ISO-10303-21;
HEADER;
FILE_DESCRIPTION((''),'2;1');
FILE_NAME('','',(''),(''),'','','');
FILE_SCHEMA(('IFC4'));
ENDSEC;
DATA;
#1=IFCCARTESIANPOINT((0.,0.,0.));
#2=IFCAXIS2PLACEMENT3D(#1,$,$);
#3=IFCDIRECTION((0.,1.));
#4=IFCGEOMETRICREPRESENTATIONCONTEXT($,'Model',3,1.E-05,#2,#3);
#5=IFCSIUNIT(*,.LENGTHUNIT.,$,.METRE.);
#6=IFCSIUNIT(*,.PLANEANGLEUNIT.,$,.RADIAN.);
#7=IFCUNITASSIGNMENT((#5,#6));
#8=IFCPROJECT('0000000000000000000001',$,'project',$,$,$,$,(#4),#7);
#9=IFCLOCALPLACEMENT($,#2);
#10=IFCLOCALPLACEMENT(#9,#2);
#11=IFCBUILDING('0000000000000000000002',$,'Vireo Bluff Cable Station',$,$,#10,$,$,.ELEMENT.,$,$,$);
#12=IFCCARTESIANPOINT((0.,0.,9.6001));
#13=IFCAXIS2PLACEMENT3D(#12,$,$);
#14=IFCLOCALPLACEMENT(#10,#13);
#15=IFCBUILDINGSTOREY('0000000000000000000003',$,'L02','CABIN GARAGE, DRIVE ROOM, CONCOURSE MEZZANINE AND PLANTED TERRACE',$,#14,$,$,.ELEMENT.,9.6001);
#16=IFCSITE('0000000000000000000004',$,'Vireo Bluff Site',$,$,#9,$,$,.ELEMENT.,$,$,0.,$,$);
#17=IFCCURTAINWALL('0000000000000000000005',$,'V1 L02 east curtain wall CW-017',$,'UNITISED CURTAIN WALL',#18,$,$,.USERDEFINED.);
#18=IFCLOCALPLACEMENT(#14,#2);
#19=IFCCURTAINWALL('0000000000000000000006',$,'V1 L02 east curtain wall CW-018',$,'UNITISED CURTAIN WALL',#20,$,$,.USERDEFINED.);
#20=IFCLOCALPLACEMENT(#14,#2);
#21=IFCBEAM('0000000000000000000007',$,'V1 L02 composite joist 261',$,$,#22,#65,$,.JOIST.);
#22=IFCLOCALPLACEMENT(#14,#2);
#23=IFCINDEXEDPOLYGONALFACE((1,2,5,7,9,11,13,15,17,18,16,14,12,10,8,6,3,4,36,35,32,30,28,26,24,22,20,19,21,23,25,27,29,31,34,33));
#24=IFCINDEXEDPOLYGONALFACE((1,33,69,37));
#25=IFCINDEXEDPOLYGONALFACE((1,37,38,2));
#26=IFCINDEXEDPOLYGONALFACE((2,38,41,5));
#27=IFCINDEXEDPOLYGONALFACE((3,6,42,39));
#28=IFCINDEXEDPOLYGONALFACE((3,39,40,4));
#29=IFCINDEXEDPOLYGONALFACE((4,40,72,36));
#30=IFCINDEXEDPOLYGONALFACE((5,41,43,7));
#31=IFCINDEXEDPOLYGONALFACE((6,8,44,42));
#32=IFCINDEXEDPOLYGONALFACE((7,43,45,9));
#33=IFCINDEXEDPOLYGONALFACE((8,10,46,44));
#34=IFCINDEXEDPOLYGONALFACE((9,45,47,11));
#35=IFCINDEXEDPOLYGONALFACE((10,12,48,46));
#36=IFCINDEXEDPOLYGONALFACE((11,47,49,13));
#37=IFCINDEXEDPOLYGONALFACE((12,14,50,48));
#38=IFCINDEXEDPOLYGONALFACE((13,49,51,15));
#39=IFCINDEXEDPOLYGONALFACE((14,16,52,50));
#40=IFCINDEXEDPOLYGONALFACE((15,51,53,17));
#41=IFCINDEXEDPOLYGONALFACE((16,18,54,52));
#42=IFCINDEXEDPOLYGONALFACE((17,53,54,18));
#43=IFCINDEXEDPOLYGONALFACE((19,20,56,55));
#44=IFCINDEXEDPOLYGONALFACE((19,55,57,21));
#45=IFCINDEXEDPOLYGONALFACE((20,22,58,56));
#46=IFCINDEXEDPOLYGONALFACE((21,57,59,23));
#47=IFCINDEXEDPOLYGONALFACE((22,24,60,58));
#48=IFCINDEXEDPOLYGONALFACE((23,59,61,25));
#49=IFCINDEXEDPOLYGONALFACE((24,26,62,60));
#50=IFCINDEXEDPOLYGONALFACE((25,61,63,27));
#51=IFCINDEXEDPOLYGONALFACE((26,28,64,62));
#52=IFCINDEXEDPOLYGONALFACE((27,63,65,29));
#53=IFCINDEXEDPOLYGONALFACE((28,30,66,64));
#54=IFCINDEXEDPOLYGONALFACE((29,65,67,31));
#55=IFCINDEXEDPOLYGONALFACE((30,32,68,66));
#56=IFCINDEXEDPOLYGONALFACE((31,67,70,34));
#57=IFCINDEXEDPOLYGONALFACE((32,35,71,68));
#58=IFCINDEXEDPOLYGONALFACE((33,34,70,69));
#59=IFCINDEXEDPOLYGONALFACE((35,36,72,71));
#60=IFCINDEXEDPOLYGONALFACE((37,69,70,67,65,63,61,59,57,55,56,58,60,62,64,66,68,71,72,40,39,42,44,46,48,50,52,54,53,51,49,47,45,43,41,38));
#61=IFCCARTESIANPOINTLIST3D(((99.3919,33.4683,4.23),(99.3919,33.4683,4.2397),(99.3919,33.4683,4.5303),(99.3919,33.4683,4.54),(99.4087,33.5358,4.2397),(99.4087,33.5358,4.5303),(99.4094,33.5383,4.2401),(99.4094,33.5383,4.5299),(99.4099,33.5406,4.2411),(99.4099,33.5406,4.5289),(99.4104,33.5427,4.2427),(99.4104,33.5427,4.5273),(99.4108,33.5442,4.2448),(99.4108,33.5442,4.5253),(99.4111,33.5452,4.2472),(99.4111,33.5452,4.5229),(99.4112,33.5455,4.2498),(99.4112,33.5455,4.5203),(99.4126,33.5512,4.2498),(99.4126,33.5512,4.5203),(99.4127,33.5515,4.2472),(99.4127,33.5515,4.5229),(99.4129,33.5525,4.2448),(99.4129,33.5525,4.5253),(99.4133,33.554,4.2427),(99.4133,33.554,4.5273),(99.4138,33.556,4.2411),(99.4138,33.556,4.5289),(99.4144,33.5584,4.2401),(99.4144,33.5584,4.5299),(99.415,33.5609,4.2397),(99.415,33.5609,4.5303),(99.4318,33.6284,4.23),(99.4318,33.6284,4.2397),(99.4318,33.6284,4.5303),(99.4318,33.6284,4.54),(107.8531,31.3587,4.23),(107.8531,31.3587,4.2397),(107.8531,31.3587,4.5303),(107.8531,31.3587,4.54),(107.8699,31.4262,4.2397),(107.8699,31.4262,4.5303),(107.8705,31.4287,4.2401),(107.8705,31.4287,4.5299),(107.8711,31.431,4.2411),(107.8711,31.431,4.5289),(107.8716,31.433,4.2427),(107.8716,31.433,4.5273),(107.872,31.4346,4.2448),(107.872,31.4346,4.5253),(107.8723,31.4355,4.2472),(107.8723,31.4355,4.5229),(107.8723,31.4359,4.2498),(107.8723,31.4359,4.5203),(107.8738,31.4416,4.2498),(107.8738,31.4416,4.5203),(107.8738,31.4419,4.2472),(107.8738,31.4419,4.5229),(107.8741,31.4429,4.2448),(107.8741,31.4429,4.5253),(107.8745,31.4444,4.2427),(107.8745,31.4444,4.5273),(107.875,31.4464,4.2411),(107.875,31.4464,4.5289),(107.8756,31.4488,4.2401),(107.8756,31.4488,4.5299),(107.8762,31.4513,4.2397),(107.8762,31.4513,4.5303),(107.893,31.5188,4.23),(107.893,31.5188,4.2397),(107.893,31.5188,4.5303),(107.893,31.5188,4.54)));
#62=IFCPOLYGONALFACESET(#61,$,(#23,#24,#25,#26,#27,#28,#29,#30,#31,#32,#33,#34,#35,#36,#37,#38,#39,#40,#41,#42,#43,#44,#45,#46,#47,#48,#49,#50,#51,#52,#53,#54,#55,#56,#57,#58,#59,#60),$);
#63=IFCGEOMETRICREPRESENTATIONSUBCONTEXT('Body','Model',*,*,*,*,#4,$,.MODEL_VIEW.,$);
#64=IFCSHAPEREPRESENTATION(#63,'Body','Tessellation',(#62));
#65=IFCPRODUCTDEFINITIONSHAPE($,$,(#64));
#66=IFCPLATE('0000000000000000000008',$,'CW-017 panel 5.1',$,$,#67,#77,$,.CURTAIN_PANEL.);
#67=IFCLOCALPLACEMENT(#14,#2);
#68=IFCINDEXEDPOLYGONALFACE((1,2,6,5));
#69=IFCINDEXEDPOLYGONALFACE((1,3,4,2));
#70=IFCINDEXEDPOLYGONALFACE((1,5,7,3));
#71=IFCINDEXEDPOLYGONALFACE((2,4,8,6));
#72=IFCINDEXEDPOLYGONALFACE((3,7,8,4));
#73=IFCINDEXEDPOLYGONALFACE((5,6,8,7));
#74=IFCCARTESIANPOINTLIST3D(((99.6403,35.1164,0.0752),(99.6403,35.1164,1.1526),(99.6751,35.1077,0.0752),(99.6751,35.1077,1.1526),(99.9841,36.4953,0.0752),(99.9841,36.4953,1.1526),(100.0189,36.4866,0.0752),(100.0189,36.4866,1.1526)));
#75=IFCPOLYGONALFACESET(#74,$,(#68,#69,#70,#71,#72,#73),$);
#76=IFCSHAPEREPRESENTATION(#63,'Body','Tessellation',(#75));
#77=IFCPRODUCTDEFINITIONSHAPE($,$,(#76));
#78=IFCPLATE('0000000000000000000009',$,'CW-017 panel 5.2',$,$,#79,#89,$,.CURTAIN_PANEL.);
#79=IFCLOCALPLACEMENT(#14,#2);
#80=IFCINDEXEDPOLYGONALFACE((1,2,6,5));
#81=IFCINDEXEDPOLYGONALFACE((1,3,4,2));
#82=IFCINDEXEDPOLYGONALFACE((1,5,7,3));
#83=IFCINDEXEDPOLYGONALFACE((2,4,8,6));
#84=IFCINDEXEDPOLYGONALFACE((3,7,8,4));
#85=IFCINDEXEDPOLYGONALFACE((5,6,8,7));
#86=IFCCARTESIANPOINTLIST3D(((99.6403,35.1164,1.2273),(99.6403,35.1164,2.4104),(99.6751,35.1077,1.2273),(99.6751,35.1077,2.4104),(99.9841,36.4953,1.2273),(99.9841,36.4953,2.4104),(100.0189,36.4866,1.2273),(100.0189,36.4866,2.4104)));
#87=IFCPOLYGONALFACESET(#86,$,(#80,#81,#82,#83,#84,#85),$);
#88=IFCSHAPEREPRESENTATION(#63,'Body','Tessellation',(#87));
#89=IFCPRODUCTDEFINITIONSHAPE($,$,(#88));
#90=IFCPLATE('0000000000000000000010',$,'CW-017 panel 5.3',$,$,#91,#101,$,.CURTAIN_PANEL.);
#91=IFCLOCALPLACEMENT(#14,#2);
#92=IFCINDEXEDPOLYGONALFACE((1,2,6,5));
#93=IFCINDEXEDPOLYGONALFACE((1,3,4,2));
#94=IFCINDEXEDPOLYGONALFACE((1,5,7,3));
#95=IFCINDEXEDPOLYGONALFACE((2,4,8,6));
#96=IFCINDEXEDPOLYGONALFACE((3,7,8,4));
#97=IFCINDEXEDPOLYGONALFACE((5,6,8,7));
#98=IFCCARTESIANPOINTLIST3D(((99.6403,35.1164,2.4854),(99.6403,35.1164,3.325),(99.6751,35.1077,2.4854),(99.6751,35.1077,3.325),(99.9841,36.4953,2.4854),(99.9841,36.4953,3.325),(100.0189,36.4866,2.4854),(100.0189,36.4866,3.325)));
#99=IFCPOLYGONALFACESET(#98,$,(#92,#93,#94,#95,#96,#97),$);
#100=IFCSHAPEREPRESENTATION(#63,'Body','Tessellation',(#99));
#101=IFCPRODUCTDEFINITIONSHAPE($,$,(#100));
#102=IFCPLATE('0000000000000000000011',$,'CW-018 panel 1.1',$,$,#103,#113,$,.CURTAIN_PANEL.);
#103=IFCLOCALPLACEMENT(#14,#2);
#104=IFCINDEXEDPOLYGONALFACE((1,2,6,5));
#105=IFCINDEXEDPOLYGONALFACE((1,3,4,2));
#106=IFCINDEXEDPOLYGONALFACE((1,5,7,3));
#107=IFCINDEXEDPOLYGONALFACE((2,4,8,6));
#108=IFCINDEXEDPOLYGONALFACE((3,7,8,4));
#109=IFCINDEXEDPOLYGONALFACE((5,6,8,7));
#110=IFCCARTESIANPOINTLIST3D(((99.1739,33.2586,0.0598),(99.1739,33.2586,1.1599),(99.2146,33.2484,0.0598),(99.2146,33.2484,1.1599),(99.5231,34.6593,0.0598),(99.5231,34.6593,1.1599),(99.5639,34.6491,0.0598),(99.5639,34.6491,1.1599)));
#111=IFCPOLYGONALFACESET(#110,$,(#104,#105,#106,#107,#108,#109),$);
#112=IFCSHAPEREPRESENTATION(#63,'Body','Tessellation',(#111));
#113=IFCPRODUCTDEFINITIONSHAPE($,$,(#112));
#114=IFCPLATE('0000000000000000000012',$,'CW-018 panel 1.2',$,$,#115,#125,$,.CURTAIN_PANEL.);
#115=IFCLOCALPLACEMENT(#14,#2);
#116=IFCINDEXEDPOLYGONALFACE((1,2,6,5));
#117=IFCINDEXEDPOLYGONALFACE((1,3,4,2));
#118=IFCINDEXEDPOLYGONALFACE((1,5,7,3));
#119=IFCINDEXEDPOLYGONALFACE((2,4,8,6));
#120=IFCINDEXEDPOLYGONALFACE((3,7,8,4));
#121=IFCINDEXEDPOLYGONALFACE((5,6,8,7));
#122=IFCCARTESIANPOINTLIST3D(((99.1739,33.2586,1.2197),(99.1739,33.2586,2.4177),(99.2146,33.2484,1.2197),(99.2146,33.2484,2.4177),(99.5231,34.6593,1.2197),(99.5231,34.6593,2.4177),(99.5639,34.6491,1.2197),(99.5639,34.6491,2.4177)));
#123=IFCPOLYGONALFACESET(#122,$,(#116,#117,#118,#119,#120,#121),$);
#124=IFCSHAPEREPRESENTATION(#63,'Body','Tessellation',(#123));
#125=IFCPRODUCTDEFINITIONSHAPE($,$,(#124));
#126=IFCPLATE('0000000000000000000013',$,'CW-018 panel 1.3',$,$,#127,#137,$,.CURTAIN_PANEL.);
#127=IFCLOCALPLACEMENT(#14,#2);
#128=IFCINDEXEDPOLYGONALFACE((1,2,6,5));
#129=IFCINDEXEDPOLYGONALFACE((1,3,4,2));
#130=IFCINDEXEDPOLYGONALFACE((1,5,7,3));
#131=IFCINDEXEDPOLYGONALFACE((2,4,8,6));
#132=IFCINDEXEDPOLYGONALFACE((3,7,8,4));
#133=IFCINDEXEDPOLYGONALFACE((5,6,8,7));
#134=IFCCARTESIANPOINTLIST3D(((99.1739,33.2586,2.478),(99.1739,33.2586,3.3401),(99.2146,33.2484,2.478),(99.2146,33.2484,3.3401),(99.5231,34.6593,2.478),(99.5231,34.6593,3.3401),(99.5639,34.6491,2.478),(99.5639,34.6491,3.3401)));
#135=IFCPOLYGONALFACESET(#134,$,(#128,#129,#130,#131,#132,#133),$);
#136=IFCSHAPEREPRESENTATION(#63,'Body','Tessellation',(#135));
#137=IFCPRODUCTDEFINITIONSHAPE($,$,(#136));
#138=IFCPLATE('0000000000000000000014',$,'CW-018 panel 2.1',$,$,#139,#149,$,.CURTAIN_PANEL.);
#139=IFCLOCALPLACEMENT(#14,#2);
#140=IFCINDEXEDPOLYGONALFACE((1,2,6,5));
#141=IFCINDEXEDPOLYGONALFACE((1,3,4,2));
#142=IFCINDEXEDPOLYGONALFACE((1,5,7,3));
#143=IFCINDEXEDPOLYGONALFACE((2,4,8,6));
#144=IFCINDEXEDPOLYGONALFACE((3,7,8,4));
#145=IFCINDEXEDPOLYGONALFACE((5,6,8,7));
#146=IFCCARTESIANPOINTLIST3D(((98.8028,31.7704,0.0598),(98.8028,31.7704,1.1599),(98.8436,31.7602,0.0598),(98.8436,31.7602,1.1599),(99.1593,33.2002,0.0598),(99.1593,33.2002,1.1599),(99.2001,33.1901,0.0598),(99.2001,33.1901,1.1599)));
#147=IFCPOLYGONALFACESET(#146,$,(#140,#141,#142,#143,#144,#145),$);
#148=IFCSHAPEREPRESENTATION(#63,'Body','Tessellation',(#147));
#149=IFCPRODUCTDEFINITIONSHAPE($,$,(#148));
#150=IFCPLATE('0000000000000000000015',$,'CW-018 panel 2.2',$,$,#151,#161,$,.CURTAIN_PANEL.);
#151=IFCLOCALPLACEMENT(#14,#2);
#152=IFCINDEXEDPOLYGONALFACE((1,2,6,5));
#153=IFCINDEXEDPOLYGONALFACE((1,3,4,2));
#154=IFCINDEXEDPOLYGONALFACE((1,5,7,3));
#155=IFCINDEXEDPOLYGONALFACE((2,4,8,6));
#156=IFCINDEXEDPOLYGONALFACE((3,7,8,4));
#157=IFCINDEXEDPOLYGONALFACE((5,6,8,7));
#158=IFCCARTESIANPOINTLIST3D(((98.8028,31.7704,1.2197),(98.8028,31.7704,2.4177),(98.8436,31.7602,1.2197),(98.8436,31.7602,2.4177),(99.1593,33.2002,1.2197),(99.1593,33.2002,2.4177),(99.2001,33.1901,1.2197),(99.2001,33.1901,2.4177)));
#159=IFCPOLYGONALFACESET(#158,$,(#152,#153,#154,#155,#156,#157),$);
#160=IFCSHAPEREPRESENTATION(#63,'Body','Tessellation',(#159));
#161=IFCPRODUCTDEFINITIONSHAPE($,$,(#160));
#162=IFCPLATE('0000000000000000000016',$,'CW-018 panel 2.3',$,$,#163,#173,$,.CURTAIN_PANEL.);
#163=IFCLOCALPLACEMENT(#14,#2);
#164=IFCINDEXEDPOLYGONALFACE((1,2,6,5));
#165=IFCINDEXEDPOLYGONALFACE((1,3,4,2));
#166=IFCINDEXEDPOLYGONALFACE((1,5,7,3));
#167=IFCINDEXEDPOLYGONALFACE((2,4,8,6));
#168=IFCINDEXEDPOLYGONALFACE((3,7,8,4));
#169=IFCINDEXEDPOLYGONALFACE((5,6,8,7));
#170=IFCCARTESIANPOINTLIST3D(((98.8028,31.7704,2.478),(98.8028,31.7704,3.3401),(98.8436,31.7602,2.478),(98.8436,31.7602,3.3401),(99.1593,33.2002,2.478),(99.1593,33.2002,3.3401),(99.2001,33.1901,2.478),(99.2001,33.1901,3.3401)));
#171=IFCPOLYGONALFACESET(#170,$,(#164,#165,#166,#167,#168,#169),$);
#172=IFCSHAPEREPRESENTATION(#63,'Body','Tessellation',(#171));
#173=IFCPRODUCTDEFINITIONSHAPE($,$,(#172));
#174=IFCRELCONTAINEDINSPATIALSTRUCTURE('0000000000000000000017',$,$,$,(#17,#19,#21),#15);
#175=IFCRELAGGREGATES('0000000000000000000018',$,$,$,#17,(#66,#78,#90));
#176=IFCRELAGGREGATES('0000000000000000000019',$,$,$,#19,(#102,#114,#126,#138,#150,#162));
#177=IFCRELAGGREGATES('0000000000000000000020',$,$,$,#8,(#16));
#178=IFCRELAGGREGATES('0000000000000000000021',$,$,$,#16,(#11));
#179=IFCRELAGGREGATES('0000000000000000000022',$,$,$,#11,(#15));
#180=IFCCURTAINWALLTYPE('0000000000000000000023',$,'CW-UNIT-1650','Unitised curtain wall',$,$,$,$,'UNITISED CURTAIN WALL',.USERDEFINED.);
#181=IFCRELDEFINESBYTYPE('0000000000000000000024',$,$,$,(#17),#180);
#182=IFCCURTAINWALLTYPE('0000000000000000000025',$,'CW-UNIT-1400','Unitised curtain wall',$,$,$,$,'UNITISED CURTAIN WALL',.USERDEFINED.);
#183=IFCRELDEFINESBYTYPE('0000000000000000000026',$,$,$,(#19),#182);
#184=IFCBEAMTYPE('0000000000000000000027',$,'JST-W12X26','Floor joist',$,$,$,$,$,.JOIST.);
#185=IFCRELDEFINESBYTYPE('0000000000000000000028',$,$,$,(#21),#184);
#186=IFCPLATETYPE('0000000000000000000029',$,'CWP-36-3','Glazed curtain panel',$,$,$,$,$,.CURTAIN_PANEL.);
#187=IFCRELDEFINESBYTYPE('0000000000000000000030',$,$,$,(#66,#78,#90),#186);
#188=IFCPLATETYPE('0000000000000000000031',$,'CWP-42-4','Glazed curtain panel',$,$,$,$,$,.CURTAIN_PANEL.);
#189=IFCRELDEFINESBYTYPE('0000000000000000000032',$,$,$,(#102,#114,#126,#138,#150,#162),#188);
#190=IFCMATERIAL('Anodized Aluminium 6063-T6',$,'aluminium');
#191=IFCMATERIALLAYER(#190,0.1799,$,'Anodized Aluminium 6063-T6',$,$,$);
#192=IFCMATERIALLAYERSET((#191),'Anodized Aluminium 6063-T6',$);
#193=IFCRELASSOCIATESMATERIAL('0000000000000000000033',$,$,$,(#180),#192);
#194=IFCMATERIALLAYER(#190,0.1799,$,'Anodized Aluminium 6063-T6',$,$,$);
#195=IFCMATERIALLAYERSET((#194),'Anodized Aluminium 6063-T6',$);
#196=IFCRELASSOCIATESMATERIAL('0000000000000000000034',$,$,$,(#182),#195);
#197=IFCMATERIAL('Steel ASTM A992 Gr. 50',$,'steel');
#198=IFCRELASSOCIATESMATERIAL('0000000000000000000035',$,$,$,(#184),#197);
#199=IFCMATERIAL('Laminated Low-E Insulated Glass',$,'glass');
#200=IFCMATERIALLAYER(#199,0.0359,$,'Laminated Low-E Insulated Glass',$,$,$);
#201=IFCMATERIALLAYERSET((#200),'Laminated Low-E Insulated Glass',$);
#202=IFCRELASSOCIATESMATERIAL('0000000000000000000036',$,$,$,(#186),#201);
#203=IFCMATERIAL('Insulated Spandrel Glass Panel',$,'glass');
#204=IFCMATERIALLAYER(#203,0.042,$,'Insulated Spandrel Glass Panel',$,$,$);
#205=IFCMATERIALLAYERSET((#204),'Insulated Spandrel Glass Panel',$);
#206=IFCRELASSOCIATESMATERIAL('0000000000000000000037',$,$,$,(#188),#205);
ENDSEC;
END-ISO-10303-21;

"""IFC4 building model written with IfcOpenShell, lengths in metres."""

from ifc_helpers import new_model, si_unit, direction, frame, origin, origin_2d, place, context, subcontext, project, spatial, rectangle, i_section, extrude, material, layer, layer_set, material_profile, profile_set, type_object, element, aggregate, save


model = new_model("IFC4")

# Units and contexts
model_context = context("Model", 3, precision=1e-05, world=origin(), true_north=direction((0.0, 1.0)))
body_context = subcontext(model_context, "Body", "Model", "MODEL_VIEW")
ifc_project = project(units=[si_unit("LENGTHUNIT", "METRE"), si_unit("PLANEANGLEUNIT", "RADIAN")], contexts=[model_context])

# Site, building, storey
site_placement = place(None, origin())
site = spatial("IfcSite", under=ifc_project, at=site_placement, Name="Vireo Bluff Site", CompositionType="ELEMENT", RefElevation=0.0)
building_placement = place(site_placement, origin())
building = spatial("IfcBuilding", under=site, at=building_placement, Name="Vireo Bluff Cable Station", CompositionType="ELEMENT")
storey_placement = place(building_placement, frame((0.0, 0.0, 9.6001)))
storey = spatial("IfcBuildingStorey", under=building, at=storey_placement, Name="L02", Description="CABIN GARAGE, DRIVE ROOM, CONCOURSE MEZZANINE AND PLANTED TERRACE", CompositionType="ELEMENT", Elevation=9.6001)

# Shared definitions
ifc_material_1 = material(Name="Steel ASTM A992 Gr. 50", Category="steel")

# Curtain wall
ifc_material_2 = material(Name="Anodized Aluminium 6063-T6", Category="aluminium")
ifc_layer_1 = layer(ifc_material_2, 0.1799, Name="Anodized Aluminium 6063-T6")
ifc_layer_set_1 = layer_set([ifc_layer_1], Name="Anodized Aluminium 6063-T6")
curtain_wall_type_1 = type_object("IfcCurtainWallType", Name="CW-UNIT-1650", Description="Unitised curtain wall", ElementType="UNITISED CURTAIN WALL", PredefinedType="USERDEFINED", material=ifc_layer_set_1)
curtain_wall_1_placement = place(storey_placement, origin())
curtain_wall_1 = element("IfcCurtainWall", 1, at=curtain_wall_1_placement, inside=storey, type_object=curtain_wall_type_1, Name="V1 L02 east curtain wall CW-017", ObjectType="UNITISED CURTAIN WALL", PredefinedType="USERDEFINED")

# Curtain wall
ifc_layer_2 = layer(ifc_material_2, 0.1799, Name="Anodized Aluminium 6063-T6")
ifc_layer_set_2 = layer_set([ifc_layer_2], Name="Anodized Aluminium 6063-T6")
curtain_wall_type_2 = type_object("IfcCurtainWallType", Name="CW-UNIT-1400", Description="Unitised curtain wall", ElementType="UNITISED CURTAIN WALL", PredefinedType="USERDEFINED", material=ifc_layer_set_2)
curtain_wall_2_placement = place(storey_placement, origin())
curtain_wall_2 = element("IfcCurtainWall", 2, at=curtain_wall_2_placement, inside=storey, type_object=curtain_wall_type_2, Name="V1 L02 east curtain wall CW-018", ObjectType="UNITISED CURTAIN WALL", PredefinedType="USERDEFINED")

# Beam
ifc_material_profile_1 = material_profile(ifc_material_1, i_section(OverallWidth=0.165, OverallDepth=0.3101, WebThickness=0.0059, FlangeThickness=0.0098, FilletRadius=0.01, at=origin_2d()), Name="W12X26")
ifc_profile_set_1 = profile_set([ifc_material_profile_1], Name="Steel ASTM A992 Gr. 50")
beam_type_1 = type_object("IfcBeamType", Name="JST-W12X26", Description="Floor joist", PredefinedType="JOIST", material=ifc_profile_set_1)
beam_1_placement = place(storey_placement, frame((99.4119, 33.5483, 4.385), z_axis=(0.970295, -0.241923, 0.0), x_axis=(0.241923, 0.970295, 0.0)))
element("IfcBeam", 3, at=beam_1_placement, inside=storey, type_object=beam_type_1, Name="V1 L02 composite joist 261", PredefinedType="JOIST", context=body_context, shape_type="SweptSolid", body=[
    extrude(i_section(OverallWidth=0.165, OverallDepth=0.3101, WebThickness=0.0059, FlangeThickness=0.0098, FilletRadius=0.01, at=origin_2d()), origin(), (0.0, 0.0, 1.0), 8.7202),
])

# Plates
ifc_material_3 = material(Name="Laminated Low-E Insulated Glass", Category="glass")
ifc_layer_3 = layer(ifc_material_3, 0.0359, Name="Laminated Low-E Insulated Glass")
ifc_layer_set_3 = layer_set([ifc_layer_3], Name="Laminated Low-E Insulated Glass")
plate_type_1 = type_object("IfcPlateType", Name="CWP-36-3", Description="Glazed curtain panel", PredefinedType="CURTAIN_PANEL", material=ifc_layer_set_3)
plate_1_placement = place(storey_placement, frame((99.8296, 35.8015, 0.0752), z_axis=(0.0, 0.0, 1.0), x_axis=(-0.241922, -0.970296, 0.0)))
plate_1 = element("IfcPlate", 4, at=plate_1_placement, type_object=plate_type_1, Name="CW-017 panel 5.1", PredefinedType="CURTAIN_PANEL", context=body_context, shape_type="SweptSolid", body=[
    extrude(rectangle(XDim=1.4211, YDim=0.0359, at=origin_2d()), origin(), (0.0, 0.0, 1.0), 1.0774),
])
plate_2_placement = place(storey_placement, frame((99.8296, 35.8015, 1.2273), z_axis=(0.0, 0.0, 1.0), x_axis=(-0.241922, -0.970296, 0.0)))
plate_2 = element("IfcPlate", 5, at=plate_2_placement, type_object=plate_type_1, Name="CW-017 panel 5.2", PredefinedType="CURTAIN_PANEL", context=body_context, shape_type="SweptSolid", body=[
    extrude(rectangle(XDim=1.4211, YDim=0.0359, at=origin_2d()), origin(), (0.0, 0.0, 1.0), 1.1831),
])
plate_3_placement = place(storey_placement, frame((99.8296, 35.8015, 2.4854), z_axis=(0.0, 0.0, 1.0), x_axis=(-0.241922, -0.970296, 0.0)))
plate_3 = element("IfcPlate", 6, at=plate_3_placement, type_object=plate_type_1, Name="CW-017 panel 5.3", PredefinedType="CURTAIN_PANEL", context=body_context, shape_type="SweptSolid", body=[
    extrude(rectangle(XDim=1.4211, YDim=0.0359, at=origin_2d()), origin(), (0.0, 0.0, 1.0), 0.8396),
])
aggregate(curtain_wall_1, [plate_1, plate_2, plate_3])
ifc_material_4 = material(Name="Insulated Spandrel Glass Panel", Category="glass")
ifc_layer_4 = layer(ifc_material_4, 0.042, Name="Insulated Spandrel Glass Panel")
ifc_layer_set_4 = layer_set([ifc_layer_4], Name="Insulated Spandrel Glass Panel")
plate_type_2 = type_object("IfcPlateType", Name="CWP-42-4", Description="Glazed curtain panel", PredefinedType="CURTAIN_PANEL", material=ifc_layer_set_4)
plate_4_placement = place(storey_placement, frame((99.3689, 33.9539, 0.0598), z_axis=(0.0, 0.0, 1.0), x_axis=(-0.241922, -0.970296, 0.0)))
plate_4 = element("IfcPlate", 7, at=plate_4_placement, type_object=plate_type_2, Name="CW-018 panel 1.1", PredefinedType="CURTAIN_PANEL", context=body_context, shape_type="SweptSolid", body=[
    extrude(rectangle(XDim=1.4436, YDim=0.042, at=origin_2d()), origin(), (0.0, 0.0, 1.0), 1.1001),
])
plate_5_placement = place(storey_placement, frame((99.3689, 33.9539, 1.2197), z_axis=(0.0, 0.0, 1.0), x_axis=(-0.241922, -0.970296, 0.0)))
plate_5 = element("IfcPlate", 8, at=plate_5_placement, type_object=plate_type_2, Name="CW-018 panel 1.2", PredefinedType="CURTAIN_PANEL", context=body_context, shape_type="SweptSolid", body=[
    extrude(rectangle(XDim=1.4436, YDim=0.042, at=origin_2d()), origin(), (0.0, 0.0, 1.0), 1.198),
])
plate_6_placement = place(storey_placement, frame((99.3689, 33.9539, 2.478), z_axis=(0.0, 0.0, 1.0), x_axis=(-0.241922, -0.970296, 0.0)))
plate_6 = element("IfcPlate", 9, at=plate_6_placement, type_object=plate_type_2, Name="CW-018 panel 1.3", PredefinedType="CURTAIN_PANEL", context=body_context, shape_type="SweptSolid", body=[
    extrude(rectangle(XDim=1.4436, YDim=0.042, at=origin_2d()), origin(), (0.0, 0.0, 1.0), 0.8621),
])
plate_7_placement = place(storey_placement, frame((99.0015, 32.4802, 0.0598), z_axis=(0.0, 0.0, 1.0), x_axis=(-0.241922, -0.970296, 0.0)))
plate_7 = element("IfcPlate", 10, at=plate_7_placement, type_object=plate_type_2, Name="CW-018 panel 2.1", PredefinedType="CURTAIN_PANEL", context=body_context, shape_type="SweptSolid", body=[
    extrude(rectangle(XDim=1.4736, YDim=0.042, at=origin_2d()), origin(), (0.0, 0.0, 1.0), 1.1001),
])
plate_8_placement = place(storey_placement, frame((99.0015, 32.4802, 1.2197), z_axis=(0.0, 0.0, 1.0), x_axis=(-0.241922, -0.970296, 0.0)))
plate_8 = element("IfcPlate", 11, at=plate_8_placement, type_object=plate_type_2, Name="CW-018 panel 2.2", PredefinedType="CURTAIN_PANEL", context=body_context, shape_type="SweptSolid", body=[
    extrude(rectangle(XDim=1.4736, YDim=0.042, at=origin_2d()), origin(), (0.0, 0.0, 1.0), 1.198),
])
plate_9_placement = place(storey_placement, frame((99.0015, 32.4802, 2.478), z_axis=(0.0, 0.0, 1.0), x_axis=(-0.241922, -0.970296, 0.0)))
plate_9 = element("IfcPlate", 12, at=plate_9_placement, type_object=plate_type_2, Name="CW-018 panel 2.3", PredefinedType="CURTAIN_PANEL", context=body_context, shape_type="SweptSolid", body=[
    extrude(rectangle(XDim=1.4736, YDim=0.042, at=origin_2d()), origin(), (0.0, 0.0, 1.0), 0.8621),
])
aggregate(curtain_wall_2, [plate_4, plate_5, plate_6, plate_7, plate_8, plate_9])

save(model, "model.ifc")
